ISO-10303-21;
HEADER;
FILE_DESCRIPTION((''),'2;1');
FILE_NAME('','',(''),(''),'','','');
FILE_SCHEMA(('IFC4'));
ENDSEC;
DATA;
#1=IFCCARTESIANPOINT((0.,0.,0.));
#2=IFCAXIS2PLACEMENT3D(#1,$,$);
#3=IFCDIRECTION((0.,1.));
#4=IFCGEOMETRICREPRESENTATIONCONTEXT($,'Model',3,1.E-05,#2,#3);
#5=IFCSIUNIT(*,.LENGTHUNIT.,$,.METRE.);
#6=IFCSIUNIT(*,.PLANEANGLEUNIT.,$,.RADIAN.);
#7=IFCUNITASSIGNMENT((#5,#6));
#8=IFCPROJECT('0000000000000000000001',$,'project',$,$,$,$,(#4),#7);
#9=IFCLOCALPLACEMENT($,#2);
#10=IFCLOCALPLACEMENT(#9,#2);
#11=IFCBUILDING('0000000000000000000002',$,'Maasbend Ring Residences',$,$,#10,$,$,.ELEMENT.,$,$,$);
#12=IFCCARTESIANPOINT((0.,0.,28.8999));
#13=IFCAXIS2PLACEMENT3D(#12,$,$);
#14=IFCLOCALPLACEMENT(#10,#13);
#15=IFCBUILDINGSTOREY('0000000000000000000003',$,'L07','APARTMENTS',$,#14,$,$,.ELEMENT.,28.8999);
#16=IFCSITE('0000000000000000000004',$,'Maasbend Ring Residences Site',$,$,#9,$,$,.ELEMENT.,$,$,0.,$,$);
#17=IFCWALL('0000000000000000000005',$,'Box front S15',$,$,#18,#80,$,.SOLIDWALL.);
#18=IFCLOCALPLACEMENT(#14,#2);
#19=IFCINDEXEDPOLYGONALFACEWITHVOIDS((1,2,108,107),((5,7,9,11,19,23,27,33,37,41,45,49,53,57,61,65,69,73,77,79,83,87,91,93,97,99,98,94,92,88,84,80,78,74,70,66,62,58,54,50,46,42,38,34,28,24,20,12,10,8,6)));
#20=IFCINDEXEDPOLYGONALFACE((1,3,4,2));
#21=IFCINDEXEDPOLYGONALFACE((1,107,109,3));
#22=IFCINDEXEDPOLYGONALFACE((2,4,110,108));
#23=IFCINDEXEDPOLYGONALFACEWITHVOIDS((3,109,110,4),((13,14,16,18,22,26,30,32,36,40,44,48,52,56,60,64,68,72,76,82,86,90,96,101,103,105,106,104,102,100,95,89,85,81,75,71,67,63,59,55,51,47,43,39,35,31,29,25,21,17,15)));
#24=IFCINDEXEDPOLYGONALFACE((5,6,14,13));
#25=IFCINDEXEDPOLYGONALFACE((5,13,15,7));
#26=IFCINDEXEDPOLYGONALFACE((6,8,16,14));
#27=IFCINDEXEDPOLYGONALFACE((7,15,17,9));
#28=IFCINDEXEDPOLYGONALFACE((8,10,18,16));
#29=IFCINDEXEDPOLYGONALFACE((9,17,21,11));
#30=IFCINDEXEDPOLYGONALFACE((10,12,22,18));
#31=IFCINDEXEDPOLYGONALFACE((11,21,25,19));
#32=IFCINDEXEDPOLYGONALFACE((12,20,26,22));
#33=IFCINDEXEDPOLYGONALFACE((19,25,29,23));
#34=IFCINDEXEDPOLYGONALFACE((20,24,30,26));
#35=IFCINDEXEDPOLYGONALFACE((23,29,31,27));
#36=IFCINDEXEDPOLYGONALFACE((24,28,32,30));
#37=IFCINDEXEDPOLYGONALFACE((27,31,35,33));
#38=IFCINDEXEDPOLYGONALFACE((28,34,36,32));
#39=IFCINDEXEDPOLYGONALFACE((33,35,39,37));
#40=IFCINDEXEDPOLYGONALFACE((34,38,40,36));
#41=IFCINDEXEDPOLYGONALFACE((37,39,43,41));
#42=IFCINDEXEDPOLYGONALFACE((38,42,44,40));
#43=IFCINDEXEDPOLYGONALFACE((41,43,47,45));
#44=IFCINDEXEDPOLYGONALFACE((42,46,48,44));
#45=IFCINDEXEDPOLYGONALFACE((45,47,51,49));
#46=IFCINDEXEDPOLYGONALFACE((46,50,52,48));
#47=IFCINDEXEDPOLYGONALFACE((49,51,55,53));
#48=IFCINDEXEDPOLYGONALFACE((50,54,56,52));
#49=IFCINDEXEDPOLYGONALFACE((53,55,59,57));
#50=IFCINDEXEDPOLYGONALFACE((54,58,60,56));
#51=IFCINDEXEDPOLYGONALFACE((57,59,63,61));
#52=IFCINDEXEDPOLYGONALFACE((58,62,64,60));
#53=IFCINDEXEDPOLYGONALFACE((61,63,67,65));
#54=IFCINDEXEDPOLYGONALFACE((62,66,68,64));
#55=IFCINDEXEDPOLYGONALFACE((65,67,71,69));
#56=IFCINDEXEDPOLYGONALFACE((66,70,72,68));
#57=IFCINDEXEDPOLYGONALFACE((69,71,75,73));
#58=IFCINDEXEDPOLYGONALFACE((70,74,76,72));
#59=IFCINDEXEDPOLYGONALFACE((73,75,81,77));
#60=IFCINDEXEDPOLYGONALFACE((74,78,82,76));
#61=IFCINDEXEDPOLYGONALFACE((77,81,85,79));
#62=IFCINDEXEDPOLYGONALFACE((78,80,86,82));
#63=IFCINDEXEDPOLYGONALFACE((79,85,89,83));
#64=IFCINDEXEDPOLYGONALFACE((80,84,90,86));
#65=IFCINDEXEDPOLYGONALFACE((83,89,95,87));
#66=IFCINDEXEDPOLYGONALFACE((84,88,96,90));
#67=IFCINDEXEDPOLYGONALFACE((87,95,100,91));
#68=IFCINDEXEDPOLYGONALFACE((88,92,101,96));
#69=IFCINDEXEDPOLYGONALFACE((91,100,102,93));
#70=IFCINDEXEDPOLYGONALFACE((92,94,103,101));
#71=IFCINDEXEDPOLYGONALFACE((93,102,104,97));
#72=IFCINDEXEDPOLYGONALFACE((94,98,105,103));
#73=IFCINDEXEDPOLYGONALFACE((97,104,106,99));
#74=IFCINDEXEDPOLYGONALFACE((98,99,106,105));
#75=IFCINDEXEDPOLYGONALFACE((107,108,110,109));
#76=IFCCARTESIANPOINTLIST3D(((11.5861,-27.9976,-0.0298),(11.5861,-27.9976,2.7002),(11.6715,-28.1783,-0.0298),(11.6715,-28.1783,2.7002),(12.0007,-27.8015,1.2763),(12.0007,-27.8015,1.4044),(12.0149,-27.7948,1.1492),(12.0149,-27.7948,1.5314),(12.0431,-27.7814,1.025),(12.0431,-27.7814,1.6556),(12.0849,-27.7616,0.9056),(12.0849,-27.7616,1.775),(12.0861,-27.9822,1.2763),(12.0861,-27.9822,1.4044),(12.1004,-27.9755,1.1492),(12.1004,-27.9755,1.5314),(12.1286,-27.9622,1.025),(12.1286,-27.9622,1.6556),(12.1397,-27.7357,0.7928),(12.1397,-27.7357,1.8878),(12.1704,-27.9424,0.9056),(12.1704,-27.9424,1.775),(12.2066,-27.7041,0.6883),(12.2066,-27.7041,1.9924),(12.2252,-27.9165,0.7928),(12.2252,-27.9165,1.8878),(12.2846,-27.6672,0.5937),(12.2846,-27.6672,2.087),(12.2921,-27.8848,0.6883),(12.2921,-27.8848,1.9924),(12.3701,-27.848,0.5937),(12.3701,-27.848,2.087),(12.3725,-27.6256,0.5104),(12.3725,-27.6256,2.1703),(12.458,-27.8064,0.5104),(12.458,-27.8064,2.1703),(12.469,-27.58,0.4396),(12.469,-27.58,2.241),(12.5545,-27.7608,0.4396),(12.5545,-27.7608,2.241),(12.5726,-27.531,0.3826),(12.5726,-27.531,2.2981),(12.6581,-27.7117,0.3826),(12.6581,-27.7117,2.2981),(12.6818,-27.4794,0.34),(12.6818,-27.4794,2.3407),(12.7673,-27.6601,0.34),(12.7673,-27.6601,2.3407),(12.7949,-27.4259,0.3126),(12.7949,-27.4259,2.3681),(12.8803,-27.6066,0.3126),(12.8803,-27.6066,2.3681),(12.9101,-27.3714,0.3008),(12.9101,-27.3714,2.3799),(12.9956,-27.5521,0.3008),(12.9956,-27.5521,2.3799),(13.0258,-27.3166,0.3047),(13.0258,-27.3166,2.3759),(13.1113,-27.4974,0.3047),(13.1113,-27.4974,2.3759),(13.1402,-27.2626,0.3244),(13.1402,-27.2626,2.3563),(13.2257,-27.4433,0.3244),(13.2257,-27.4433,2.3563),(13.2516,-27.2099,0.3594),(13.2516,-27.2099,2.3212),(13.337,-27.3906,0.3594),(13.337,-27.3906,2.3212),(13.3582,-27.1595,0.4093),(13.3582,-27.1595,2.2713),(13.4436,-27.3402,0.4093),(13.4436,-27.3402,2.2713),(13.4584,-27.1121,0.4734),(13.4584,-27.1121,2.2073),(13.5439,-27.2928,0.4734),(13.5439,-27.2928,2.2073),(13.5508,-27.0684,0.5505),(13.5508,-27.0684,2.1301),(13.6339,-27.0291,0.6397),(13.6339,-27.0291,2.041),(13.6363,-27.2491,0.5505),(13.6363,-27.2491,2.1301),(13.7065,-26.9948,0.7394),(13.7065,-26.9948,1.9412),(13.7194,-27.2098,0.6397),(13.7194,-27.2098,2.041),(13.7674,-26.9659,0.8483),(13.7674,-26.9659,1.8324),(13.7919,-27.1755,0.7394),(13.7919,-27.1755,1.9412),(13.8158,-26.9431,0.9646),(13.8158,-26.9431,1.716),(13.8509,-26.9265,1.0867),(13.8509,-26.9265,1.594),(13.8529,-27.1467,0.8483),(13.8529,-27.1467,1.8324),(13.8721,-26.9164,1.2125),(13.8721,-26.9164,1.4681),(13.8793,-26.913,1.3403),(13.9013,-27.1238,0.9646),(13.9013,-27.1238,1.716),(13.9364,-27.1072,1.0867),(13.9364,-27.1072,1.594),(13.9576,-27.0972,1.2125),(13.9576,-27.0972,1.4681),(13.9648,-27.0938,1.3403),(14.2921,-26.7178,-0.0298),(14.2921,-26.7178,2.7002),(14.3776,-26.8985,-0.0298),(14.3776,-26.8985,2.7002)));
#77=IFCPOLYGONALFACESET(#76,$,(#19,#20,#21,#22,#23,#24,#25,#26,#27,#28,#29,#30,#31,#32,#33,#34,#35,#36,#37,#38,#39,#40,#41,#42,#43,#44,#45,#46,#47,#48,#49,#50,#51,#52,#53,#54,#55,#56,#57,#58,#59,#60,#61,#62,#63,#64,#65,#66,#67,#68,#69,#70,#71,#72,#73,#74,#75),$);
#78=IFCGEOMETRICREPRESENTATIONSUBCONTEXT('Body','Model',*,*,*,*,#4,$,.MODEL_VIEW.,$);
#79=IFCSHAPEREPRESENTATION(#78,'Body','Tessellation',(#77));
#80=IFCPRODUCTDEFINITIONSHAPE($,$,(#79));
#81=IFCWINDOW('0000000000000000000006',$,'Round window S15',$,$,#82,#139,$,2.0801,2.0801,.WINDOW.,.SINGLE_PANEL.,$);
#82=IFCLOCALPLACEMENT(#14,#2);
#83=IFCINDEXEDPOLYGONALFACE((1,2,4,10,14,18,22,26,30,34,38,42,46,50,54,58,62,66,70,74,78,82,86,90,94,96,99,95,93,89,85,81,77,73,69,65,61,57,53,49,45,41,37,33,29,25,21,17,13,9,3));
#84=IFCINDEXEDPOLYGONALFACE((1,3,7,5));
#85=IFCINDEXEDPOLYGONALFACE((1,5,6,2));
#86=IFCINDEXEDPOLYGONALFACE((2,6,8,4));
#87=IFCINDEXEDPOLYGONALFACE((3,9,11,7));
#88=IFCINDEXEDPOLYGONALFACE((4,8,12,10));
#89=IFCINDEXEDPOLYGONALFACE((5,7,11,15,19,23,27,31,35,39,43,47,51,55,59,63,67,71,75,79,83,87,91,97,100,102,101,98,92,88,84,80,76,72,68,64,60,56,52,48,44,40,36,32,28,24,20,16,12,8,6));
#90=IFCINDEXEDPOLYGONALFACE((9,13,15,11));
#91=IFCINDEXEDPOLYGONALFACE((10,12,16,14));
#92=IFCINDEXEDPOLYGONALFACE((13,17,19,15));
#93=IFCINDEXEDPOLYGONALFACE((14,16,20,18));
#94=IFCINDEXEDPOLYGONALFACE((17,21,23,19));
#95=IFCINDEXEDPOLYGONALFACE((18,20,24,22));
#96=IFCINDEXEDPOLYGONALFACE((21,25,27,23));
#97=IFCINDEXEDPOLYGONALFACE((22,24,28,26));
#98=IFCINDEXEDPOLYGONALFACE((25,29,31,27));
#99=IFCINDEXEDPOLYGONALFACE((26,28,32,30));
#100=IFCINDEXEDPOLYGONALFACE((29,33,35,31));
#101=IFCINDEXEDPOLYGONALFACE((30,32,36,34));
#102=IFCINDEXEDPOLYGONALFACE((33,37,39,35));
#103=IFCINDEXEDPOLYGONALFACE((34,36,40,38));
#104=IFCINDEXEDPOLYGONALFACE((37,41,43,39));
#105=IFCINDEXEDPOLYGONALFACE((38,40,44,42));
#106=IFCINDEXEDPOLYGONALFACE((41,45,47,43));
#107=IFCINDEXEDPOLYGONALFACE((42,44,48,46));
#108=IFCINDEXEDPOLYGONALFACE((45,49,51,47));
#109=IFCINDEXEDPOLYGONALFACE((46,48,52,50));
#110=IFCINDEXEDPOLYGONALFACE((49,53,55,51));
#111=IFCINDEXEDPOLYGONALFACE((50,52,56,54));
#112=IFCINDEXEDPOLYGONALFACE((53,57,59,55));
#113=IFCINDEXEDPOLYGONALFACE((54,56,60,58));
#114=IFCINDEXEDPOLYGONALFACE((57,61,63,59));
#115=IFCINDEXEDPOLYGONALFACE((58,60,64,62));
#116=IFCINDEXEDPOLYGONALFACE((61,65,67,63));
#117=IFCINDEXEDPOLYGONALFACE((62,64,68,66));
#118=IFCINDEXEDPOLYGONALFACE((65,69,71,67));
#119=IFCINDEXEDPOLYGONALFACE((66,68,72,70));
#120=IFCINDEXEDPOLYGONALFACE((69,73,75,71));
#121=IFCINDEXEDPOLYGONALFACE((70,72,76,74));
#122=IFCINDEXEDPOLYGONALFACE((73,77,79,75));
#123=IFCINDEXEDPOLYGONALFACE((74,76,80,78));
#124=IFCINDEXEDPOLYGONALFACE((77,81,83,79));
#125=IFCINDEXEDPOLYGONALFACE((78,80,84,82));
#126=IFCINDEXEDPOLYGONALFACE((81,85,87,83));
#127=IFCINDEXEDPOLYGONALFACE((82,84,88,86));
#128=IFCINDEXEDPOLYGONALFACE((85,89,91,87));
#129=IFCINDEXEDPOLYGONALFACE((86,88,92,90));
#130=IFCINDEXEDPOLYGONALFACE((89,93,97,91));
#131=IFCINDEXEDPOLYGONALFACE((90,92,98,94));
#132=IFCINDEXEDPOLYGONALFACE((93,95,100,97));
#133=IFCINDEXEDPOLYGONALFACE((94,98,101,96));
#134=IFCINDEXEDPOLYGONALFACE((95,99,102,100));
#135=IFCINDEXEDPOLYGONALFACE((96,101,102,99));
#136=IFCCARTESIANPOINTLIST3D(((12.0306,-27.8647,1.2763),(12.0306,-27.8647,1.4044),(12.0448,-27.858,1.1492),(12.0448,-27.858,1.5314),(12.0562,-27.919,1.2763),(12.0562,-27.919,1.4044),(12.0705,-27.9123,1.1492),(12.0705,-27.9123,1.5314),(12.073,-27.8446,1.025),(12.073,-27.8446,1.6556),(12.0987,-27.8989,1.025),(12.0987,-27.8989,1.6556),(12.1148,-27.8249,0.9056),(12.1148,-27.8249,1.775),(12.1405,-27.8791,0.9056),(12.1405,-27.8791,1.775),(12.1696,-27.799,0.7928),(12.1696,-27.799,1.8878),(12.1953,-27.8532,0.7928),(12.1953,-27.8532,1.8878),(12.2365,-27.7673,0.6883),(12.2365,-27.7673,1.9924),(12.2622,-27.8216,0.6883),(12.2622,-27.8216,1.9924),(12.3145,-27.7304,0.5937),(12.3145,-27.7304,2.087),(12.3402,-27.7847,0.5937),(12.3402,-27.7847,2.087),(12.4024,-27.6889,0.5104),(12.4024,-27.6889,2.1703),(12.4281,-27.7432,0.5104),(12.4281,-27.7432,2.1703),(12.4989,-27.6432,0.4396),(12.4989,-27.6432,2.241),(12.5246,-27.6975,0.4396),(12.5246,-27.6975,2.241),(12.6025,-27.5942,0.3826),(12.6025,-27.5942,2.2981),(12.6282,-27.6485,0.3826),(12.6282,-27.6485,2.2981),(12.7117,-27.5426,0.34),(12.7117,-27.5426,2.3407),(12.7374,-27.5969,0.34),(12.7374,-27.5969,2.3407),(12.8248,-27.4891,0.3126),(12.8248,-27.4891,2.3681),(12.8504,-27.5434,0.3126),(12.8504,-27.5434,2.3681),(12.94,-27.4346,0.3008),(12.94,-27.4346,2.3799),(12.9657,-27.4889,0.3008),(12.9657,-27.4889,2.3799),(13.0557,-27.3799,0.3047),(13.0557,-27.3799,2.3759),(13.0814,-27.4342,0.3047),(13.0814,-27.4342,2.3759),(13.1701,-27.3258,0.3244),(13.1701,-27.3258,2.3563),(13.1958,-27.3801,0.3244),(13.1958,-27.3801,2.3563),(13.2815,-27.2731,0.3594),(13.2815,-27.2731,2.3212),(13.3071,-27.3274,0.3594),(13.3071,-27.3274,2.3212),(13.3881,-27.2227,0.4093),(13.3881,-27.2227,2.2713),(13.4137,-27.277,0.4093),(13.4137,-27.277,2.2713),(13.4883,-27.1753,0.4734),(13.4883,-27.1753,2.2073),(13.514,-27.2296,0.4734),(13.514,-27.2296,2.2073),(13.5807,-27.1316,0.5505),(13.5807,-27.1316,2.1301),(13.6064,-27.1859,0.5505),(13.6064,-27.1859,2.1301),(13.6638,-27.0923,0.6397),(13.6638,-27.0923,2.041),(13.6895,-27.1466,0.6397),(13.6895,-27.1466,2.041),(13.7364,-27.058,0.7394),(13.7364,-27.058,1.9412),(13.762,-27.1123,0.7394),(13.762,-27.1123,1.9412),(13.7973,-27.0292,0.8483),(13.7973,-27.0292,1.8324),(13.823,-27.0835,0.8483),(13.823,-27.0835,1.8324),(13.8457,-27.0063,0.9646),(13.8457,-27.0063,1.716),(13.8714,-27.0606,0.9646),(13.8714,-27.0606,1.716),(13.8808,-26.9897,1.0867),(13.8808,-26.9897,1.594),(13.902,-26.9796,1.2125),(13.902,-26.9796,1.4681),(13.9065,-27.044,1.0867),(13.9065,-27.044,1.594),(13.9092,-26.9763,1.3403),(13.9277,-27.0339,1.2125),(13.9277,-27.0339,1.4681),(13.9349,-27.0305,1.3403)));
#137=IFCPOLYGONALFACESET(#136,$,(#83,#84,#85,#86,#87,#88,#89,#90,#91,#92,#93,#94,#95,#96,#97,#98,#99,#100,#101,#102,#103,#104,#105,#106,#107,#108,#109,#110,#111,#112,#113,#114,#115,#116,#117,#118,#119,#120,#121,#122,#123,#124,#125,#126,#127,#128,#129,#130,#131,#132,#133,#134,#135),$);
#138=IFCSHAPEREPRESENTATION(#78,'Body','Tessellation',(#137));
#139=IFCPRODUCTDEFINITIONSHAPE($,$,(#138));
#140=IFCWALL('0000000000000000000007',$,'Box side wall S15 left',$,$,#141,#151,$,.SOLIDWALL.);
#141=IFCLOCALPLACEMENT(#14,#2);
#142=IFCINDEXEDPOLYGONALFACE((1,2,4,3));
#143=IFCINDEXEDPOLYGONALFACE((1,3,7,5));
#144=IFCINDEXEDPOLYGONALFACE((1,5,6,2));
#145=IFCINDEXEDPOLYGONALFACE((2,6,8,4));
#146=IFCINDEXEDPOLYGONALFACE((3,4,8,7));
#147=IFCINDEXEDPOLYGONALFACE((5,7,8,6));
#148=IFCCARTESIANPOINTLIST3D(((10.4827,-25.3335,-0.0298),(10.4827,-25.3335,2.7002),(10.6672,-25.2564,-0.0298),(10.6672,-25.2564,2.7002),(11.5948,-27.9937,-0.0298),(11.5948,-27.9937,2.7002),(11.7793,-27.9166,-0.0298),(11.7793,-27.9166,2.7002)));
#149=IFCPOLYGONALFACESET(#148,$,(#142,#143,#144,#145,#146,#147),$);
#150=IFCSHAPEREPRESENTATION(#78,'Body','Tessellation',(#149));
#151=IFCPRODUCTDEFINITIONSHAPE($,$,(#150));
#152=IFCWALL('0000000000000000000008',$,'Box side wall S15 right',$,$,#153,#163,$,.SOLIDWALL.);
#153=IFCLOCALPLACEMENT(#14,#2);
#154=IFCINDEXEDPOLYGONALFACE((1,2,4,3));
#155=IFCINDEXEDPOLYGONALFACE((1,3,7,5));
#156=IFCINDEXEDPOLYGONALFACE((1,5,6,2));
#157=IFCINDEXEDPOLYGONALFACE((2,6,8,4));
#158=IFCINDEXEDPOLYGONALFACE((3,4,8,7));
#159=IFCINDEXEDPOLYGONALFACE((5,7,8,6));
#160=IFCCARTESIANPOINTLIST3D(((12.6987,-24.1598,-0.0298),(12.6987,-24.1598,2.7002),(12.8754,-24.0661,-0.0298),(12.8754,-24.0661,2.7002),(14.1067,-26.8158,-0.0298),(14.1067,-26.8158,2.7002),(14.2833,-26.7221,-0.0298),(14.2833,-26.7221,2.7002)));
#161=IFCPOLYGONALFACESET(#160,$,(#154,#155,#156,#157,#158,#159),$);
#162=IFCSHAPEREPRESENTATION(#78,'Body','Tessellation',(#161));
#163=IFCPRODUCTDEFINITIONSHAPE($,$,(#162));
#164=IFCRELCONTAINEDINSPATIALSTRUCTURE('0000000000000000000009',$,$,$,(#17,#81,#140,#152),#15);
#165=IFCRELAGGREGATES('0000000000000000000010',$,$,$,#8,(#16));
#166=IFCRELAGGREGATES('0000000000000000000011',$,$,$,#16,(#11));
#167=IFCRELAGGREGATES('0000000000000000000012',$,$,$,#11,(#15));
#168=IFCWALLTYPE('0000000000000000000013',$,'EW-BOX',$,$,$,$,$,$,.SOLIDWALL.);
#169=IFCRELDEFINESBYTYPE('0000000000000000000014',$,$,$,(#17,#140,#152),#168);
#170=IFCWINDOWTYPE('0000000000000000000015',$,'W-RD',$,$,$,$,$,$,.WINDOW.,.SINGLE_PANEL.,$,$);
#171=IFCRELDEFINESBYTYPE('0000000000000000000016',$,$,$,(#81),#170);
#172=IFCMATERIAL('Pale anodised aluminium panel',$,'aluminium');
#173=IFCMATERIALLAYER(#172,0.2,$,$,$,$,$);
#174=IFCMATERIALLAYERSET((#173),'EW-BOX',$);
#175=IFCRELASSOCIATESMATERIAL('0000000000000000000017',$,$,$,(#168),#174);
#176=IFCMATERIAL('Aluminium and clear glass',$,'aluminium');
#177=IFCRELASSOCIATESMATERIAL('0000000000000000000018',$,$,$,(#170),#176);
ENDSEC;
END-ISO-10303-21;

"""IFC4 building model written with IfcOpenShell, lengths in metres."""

from ifc_helpers import new_model, si_unit, direction, frame, frame_2d, origin, place, context, subcontext, project, spatial, rectangle, circle, extrude, material, layer, layer_set, type_object, element, fill, save


model = new_model("IFC4")

# Units and contexts
model_context = context("Model", 3, precision=1e-05, world=origin(), true_north=direction((0.0, 1.0)))
body_context = subcontext(model_context, "Body", "Model", "MODEL_VIEW")
ifc_project = project(units=[si_unit("LENGTHUNIT", "METRE"), si_unit("PLANEANGLEUNIT", "RADIAN")], contexts=[model_context])

# Site, building, storey
site_placement = place(None, origin())
site = spatial("IfcSite", under=ifc_project, at=site_placement, Name="Maasbend Ring Residences Site", CompositionType="ELEMENT", RefElevation=0.0)
building_placement = place(site_placement, origin())
building = spatial("IfcBuilding", under=site, at=building_placement, Name="Maasbend Ring Residences", CompositionType="ELEMENT")
storey_placement = place(building_placement, frame((0.0, 0.0, 28.8999)))
storey = spatial("IfcBuildingStorey", under=building, at=storey_placement, Name="L07", Description="APARTMENTS", CompositionType="ELEMENT", Elevation=28.8999)

# Wall, opening, window
ifc_material_1 = material(Name="Pale anodised aluminium panel", Category="aluminium")
ifc_layer_1 = layer(ifc_material_1, 0.2)
ifc_layer_set_1 = layer_set([ifc_layer_1], Name="EW-BOX")
wall_type_1 = type_object("IfcWallType", Name="EW-BOX", PredefinedType="SOLIDWALL", material=ifc_layer_set_1)
wall_1_placement = place(storey_placement, frame((11.6289, -28.0879, -0.0298), z_axis=(0.0, 0.0, 1.0), x_axis=(0.904, 0.427532, 0.0)))
wall_1 = element("IfcWall", 1, at=wall_1_placement, inside=storey, type_object=wall_type_1, Name="Box front S15", PredefinedType="SOLIDWALL", context=body_context, shape_type="SweptSolid", body=[
    extrude(rectangle(XDim=2.9934, YDim=0.2, at=frame_2d((1.4966, 0.0))), origin(), (0.0, 0.0, 1.0), 2.73),
])
opening_1_placement = place(wall_1_placement, frame((0.4565, 0.0, 0.3301)))
opening_1 = element("IfcOpeningElement", 2, at=opening_1_placement, cuts=wall_1, PredefinedType="OPENING", context=body_context, shape_type="SweptSolid", body=[
    extrude(circle(Radius=1.04, at=frame_2d((1.04, 1.04))), frame((0.0, 0.1099, 0.0), z_axis=(0.0, -1.0, 0.0), x_axis=(1.0, 0.0, 0.0)), (0.0, 0.0, 1.0), 0.22),
])
ifc_material_2 = material(Name="Aluminium and clear glass", Category="aluminium")
window_type_1 = type_object("IfcWindowType", Name="W-RD", PartitioningType="SINGLE_PANEL", PredefinedType="WINDOW", material=ifc_material_2)
window_1_placement = place(opening_1_placement, origin())
window_1 = element("IfcWindow", 3, at=window_1_placement, inside=storey, type_object=window_type_1, Name="Round window S15", OverallHeight=2.0801, OverallWidth=2.0801, PartitioningType="SINGLE_PANEL", PredefinedType="WINDOW", context=body_context, shape_type="SweptSolid", body=[
    extrude(circle(Radius=1.04, at=frame_2d((1.04, 1.04))), frame((0.0, 0.03, 0.0), z_axis=(0.0, -1.0, 0.0), x_axis=(1.0, 0.0, 0.0)), (0.0, 0.0, 1.0), 0.0601),
])
fill(opening_1, window_1)

# Walls
wall_2_placement = place(storey_placement, frame((10.575, -25.2949, -0.0298), z_axis=(0.0, 0.0, 1.0), x_axis=(0.385697, -0.922625, 0.0)))
element("IfcWall", 4, at=wall_2_placement, inside=storey, type_object=wall_type_1, Name="Box side wall S15 left", PredefinedType="SOLIDWALL", context=body_context, shape_type="SweptSolid", body=[
    extrude(rectangle(XDim=2.8833, YDim=0.2, at=frame_2d((1.4417, 0.0))), origin(), (0.0, 0.0, 1.0), 2.73),
])
wall_3_placement = place(storey_placement, frame((12.7871, -24.113, -0.0298), z_axis=(0.0, 0.0, 1.0), x_axis=(0.468365, -0.883535, 0.0)))
element("IfcWall", 5, at=wall_3_placement, inside=storey, type_object=wall_type_1, Name="Box side wall S15 right", PredefinedType="SOLIDWALL", context=body_context, shape_type="SweptSolid", body=[
    extrude(rectangle(XDim=3.0061, YDim=0.2, at=frame_2d((1.5029, 0.0))), origin(), (0.0, 0.0, 1.0), 2.73),
])

save(model, "model.ifc")
